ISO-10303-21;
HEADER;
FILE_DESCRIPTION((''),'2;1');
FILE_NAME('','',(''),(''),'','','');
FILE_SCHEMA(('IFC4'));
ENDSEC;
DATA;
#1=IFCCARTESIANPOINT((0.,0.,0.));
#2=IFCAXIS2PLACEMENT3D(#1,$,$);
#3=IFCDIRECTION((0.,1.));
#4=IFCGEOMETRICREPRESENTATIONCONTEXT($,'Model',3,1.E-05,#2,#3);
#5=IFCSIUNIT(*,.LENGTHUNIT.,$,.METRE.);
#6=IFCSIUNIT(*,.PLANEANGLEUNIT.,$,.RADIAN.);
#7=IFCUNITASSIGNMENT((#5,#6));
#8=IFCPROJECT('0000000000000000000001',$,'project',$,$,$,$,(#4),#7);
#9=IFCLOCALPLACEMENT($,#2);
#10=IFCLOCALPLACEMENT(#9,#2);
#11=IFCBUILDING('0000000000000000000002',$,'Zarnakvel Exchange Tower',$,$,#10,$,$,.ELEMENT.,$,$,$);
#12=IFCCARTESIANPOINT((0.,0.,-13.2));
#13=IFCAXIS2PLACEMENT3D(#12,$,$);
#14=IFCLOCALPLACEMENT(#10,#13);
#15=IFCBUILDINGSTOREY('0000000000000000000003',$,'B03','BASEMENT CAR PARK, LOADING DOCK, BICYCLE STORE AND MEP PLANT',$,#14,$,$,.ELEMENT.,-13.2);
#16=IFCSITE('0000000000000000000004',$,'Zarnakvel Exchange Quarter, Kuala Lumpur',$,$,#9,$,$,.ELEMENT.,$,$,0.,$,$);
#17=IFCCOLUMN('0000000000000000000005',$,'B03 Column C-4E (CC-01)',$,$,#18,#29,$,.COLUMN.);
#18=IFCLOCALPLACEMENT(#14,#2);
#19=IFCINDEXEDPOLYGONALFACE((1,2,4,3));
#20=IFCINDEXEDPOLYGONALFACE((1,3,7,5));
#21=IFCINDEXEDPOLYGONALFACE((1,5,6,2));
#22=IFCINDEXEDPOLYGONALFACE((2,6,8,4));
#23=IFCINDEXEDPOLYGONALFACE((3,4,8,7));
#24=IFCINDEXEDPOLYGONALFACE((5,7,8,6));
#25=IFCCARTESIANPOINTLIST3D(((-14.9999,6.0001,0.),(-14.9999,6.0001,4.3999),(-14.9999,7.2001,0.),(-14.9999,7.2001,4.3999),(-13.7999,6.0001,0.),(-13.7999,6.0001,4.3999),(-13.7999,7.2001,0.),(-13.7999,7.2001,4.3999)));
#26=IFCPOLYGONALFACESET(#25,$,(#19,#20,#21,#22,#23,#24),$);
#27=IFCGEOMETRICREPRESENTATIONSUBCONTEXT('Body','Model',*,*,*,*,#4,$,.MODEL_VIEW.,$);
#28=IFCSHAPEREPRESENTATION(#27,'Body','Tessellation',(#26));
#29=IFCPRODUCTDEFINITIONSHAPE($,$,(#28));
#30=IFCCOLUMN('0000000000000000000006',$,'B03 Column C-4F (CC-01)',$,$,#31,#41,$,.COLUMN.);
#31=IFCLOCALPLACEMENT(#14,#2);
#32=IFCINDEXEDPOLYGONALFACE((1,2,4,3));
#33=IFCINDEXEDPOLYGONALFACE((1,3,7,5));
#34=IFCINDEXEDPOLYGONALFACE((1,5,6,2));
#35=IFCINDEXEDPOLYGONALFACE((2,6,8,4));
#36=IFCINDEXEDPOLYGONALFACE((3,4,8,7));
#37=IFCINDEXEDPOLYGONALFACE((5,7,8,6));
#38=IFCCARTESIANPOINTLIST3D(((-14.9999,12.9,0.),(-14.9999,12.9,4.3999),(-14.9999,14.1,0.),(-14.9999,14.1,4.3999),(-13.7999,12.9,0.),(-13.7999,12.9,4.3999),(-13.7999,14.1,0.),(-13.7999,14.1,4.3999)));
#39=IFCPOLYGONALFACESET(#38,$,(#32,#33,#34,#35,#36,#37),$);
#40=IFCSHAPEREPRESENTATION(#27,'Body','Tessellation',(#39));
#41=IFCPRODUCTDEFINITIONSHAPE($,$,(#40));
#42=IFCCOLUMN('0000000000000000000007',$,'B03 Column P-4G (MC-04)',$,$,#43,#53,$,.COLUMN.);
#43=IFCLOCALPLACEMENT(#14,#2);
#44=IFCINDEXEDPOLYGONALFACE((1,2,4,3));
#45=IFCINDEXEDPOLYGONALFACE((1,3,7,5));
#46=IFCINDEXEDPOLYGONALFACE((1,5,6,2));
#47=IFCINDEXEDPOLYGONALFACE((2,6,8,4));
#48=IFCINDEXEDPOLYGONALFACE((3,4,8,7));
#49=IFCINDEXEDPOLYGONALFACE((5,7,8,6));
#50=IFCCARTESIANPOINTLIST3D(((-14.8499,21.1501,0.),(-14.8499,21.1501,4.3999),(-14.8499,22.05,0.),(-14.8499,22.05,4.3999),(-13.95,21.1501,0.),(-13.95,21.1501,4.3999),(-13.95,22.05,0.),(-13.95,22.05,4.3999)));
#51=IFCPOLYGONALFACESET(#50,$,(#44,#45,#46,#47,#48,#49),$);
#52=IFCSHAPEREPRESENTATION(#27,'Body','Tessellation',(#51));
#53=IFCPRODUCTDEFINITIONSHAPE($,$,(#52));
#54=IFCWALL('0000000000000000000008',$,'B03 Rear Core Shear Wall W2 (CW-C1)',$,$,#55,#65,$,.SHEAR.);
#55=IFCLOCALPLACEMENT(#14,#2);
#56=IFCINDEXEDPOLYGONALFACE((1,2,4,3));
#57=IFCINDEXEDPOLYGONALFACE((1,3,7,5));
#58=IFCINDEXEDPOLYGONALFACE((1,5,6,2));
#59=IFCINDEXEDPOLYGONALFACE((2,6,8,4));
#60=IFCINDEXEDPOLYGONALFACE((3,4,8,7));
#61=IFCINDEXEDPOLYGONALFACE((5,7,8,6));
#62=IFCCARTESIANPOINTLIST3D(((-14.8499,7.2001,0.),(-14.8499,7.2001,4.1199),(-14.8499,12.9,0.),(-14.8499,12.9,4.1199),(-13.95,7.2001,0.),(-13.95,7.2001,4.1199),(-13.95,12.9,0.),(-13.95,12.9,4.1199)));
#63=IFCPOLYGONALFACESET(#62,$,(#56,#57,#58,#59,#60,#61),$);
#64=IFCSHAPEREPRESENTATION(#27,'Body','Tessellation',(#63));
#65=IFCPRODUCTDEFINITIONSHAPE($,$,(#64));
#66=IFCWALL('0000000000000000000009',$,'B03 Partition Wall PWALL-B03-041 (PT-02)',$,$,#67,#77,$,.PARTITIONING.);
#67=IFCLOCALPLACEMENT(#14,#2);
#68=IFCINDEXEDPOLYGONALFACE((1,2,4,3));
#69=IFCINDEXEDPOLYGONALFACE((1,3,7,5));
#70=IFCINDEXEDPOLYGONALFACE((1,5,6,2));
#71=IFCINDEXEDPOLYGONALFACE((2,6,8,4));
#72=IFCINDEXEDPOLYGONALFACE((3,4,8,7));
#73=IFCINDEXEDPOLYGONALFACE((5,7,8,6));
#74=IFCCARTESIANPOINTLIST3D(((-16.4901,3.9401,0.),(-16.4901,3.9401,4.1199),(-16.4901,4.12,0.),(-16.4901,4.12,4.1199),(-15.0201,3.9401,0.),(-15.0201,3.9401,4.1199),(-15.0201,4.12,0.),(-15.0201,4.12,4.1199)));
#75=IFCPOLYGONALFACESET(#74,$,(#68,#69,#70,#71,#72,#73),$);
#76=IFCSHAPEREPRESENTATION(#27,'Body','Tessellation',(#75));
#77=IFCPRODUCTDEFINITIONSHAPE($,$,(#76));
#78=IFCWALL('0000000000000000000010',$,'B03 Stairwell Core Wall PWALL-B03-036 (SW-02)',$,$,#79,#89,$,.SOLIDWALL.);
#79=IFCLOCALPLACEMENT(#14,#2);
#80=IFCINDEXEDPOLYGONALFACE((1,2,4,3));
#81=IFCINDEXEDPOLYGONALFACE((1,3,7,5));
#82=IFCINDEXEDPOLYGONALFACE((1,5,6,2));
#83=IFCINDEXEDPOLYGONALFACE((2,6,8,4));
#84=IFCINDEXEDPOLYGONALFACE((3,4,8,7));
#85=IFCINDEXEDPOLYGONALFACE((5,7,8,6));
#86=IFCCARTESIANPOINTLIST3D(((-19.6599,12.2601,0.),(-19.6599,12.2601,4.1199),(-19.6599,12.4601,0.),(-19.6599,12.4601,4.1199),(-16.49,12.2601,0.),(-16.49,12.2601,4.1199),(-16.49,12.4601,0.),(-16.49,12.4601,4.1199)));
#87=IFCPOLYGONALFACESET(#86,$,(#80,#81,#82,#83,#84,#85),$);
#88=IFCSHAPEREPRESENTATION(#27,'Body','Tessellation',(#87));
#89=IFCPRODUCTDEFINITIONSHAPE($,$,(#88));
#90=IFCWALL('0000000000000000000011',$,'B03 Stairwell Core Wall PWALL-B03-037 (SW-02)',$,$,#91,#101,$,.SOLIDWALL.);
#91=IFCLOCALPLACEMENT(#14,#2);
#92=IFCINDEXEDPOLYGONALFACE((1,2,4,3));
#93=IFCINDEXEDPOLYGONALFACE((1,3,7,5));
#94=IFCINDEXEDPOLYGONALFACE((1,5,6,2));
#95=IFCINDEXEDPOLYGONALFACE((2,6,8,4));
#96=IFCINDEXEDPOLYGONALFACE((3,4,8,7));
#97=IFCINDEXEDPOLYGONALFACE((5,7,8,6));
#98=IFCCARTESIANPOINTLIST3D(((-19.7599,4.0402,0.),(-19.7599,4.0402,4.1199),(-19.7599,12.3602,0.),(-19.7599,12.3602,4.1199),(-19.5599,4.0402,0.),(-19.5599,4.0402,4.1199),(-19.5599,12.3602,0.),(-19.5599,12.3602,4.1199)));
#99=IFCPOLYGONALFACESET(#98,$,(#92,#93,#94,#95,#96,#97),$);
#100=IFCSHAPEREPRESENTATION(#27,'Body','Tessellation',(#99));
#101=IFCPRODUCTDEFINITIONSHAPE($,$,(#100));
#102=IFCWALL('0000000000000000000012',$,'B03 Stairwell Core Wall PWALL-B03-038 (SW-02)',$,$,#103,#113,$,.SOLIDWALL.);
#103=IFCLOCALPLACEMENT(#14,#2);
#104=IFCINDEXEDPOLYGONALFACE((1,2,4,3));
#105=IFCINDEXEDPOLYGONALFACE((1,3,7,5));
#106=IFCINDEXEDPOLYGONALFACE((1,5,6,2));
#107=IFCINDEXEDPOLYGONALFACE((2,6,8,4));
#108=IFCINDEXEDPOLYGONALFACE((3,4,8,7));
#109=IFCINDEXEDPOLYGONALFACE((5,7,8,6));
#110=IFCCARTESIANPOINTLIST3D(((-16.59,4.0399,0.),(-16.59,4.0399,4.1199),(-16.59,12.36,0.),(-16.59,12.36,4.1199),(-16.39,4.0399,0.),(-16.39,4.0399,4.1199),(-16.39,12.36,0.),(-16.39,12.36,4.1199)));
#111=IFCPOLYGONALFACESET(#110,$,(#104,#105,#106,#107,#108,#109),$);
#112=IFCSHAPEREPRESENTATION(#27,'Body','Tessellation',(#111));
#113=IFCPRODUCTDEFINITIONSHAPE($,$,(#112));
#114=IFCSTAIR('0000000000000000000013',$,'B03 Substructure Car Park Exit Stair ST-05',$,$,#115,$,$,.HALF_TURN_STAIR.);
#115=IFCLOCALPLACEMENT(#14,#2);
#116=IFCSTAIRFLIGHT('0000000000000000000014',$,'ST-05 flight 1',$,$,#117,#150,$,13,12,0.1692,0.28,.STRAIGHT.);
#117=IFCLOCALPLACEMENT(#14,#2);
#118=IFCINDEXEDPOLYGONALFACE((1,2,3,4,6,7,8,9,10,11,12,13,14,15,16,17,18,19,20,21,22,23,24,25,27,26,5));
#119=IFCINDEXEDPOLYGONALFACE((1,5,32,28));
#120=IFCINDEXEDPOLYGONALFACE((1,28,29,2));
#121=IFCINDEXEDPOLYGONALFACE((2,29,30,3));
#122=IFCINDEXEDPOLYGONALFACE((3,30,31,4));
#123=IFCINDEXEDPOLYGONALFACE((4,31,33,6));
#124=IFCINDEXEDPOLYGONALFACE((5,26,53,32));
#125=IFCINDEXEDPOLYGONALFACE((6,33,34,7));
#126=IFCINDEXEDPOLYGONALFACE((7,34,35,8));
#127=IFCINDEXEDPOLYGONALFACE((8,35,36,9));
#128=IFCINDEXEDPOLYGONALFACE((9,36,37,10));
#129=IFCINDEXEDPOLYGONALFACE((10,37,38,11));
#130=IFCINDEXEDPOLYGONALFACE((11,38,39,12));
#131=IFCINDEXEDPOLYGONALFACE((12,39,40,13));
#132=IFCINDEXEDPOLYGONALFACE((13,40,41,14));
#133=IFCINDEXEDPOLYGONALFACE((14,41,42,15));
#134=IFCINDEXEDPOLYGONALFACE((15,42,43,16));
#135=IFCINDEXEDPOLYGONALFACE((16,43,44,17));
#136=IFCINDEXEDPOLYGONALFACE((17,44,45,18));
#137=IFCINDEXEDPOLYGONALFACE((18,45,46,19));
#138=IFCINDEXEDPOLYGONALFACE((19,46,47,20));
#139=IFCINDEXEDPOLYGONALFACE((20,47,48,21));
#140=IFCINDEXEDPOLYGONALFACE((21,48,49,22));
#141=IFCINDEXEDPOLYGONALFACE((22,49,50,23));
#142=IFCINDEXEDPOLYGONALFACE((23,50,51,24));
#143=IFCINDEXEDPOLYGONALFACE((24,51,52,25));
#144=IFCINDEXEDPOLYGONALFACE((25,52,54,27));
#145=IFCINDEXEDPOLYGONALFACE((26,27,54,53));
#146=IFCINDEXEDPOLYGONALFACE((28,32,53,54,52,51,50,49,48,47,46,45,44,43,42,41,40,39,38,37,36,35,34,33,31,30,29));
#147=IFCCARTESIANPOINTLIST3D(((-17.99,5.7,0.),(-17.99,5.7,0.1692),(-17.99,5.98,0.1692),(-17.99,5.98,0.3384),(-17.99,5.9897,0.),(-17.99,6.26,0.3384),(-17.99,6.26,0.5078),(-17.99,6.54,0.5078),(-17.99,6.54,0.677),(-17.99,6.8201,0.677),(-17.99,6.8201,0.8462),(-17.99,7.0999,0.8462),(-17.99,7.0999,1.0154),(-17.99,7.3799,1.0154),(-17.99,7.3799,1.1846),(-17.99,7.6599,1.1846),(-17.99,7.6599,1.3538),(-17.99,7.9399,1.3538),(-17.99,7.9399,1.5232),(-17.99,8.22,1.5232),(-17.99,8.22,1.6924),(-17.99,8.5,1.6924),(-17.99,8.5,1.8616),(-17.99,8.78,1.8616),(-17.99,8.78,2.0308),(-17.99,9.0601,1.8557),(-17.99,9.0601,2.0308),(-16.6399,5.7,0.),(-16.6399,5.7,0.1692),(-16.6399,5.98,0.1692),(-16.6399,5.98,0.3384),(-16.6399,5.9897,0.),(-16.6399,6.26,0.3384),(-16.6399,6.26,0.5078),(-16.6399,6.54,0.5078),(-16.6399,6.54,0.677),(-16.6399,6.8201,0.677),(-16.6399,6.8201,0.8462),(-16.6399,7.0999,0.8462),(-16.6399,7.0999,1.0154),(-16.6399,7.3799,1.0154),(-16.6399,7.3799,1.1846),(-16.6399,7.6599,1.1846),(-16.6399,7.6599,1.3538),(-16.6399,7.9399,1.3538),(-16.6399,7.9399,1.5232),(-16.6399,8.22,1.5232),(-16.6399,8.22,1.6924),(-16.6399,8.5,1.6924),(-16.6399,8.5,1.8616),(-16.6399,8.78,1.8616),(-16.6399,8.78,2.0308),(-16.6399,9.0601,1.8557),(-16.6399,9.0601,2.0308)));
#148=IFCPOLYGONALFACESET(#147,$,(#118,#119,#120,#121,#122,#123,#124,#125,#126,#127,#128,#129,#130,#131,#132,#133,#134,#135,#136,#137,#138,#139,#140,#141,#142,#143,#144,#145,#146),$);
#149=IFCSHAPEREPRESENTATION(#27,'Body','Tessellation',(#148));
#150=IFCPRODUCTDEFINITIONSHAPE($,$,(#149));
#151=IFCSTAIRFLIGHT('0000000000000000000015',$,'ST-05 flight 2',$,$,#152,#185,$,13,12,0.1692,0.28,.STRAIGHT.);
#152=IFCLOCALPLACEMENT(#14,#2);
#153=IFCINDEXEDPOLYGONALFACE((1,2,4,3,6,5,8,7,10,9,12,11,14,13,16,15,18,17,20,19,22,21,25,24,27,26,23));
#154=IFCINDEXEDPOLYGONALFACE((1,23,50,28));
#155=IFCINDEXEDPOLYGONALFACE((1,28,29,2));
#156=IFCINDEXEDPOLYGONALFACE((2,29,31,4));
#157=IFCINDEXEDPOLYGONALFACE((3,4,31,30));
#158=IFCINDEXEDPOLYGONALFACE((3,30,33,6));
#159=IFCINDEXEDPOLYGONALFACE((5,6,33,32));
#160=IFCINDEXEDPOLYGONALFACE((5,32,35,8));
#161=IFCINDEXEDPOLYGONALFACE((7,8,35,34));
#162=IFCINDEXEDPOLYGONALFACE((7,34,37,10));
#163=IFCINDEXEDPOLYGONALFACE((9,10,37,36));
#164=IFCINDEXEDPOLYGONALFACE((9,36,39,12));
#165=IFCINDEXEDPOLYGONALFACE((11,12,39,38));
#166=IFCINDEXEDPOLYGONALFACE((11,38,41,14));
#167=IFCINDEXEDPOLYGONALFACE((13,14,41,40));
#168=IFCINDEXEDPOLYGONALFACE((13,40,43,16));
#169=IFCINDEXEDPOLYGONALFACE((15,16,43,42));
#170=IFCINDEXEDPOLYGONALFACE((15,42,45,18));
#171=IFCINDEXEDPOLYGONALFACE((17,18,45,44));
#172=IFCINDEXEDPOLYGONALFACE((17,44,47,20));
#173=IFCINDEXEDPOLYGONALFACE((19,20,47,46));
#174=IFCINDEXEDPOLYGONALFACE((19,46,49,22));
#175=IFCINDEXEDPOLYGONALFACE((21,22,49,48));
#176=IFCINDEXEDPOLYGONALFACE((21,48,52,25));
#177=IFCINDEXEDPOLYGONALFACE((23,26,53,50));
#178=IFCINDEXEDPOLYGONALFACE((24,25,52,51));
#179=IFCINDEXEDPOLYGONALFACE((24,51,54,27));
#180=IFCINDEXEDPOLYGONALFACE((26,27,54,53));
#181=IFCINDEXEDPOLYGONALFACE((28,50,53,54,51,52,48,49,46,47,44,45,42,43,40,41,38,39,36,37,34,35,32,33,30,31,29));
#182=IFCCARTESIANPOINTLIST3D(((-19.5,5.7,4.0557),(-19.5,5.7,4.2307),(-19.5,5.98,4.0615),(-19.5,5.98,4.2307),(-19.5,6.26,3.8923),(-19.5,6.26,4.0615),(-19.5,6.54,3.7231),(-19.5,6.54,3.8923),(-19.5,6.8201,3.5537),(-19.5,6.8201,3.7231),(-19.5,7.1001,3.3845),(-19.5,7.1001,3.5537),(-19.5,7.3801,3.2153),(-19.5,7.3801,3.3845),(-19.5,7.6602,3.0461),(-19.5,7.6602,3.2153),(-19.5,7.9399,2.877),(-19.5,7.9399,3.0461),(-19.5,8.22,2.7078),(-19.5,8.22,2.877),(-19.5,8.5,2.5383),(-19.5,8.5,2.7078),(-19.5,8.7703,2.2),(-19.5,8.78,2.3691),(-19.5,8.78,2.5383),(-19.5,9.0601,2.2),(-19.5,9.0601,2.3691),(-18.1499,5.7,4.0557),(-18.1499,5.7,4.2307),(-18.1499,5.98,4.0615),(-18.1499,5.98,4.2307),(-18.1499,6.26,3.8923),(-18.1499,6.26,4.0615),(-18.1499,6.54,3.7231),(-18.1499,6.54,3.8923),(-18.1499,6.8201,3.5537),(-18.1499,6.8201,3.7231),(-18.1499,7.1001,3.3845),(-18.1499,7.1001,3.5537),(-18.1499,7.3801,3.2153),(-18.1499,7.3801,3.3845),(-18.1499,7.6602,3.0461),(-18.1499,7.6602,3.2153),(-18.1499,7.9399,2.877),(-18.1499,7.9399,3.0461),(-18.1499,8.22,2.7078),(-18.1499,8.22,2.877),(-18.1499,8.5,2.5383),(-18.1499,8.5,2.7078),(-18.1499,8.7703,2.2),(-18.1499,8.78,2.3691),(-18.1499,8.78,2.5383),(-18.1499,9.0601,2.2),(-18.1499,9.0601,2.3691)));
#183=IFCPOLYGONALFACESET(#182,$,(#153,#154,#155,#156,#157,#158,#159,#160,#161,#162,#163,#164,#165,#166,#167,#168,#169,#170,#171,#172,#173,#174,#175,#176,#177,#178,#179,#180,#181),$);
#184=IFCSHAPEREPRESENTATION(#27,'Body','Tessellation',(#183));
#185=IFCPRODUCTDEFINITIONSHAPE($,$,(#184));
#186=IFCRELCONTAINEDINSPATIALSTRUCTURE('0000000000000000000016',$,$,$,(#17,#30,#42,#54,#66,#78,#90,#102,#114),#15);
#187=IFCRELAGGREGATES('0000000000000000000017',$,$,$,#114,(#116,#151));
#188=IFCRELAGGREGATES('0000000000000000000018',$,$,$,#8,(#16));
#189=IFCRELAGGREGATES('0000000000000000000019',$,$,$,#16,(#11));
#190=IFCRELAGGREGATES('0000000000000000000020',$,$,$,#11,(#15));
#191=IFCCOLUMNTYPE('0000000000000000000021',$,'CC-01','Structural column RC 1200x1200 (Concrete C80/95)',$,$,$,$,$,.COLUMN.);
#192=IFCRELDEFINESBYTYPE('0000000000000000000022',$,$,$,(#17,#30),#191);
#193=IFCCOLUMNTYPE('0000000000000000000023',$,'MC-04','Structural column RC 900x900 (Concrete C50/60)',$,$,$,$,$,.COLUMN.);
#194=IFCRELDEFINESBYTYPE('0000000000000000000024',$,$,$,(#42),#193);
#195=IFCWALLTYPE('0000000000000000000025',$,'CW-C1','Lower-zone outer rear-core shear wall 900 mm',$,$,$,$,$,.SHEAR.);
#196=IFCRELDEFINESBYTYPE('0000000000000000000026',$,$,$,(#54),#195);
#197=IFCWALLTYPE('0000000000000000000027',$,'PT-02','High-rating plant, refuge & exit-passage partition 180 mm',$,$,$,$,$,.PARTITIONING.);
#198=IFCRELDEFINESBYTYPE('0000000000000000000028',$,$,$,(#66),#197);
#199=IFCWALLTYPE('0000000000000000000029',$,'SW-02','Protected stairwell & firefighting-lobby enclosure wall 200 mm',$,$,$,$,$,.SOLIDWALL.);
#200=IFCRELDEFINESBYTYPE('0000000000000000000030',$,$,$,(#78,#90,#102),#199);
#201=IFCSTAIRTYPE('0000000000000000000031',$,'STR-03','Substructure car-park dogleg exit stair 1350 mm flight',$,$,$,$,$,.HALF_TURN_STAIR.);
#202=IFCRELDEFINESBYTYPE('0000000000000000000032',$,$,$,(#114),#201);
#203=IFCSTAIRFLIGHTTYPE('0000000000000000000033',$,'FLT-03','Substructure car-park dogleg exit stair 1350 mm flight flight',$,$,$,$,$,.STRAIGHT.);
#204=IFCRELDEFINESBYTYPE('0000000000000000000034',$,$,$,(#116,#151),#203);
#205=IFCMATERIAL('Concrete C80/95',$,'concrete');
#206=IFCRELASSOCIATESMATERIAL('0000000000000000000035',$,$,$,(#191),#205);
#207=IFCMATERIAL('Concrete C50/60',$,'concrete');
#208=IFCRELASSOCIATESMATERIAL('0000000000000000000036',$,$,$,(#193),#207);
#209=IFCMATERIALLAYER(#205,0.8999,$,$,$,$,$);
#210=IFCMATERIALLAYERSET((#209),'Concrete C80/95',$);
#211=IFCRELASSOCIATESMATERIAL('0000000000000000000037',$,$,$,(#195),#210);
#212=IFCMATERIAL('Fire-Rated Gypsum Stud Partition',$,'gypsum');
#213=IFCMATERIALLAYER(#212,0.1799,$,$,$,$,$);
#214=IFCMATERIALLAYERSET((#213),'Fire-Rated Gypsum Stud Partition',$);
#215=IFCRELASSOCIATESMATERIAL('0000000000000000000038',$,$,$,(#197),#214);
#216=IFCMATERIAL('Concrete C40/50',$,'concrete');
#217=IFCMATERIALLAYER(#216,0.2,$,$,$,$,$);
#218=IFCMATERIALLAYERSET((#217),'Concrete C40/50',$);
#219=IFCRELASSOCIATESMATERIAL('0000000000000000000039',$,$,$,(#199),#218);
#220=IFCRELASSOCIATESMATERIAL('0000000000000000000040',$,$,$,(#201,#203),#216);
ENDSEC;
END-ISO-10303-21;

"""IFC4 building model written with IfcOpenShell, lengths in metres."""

from ifc_helpers import new_model, si_unit, direction, frame, frame_2d, origin, origin_2d, place, context, subcontext, project, spatial, polyline, rectangle, outline, extrude, material, layer, layer_set, material_profile, profile_set, type_object, element, aggregate, save


model = new_model("IFC4")

# Units and contexts
model_context = context("Model", 3, precision=1e-05, world=origin(), true_north=direction((0.0, 1.0)))
body_context = subcontext(model_context, "Body", "Model", "MODEL_VIEW")
ifc_project = project(units=[si_unit("LENGTHUNIT", "METRE"), si_unit("PLANEANGLEUNIT", "RADIAN")], contexts=[model_context])

# Site, building, storey
site_placement = place(None, origin())
site = spatial("IfcSite", under=ifc_project, at=site_placement, Name="Zarnakvel Exchange Quarter, Kuala Lumpur", CompositionType="ELEMENT", RefElevation=0.0)
building_placement = place(site_placement, origin())
building = spatial("IfcBuilding", under=site, at=building_placement, Name="Zarnakvel Exchange Tower", CompositionType="ELEMENT")
storey_placement = place(building_placement, frame((0.0, 0.0, -13.2)))
storey = spatial("IfcBuildingStorey", under=building, at=storey_placement, Name="B03", Description="BASEMENT CAR PARK, LOADING DOCK, BICYCLE STORE AND MEP PLANT", CompositionType="ELEMENT", Elevation=-13.2)

# Shared definitions
ifc_material_1 = material(Name="Concrete C50/60", Category="concrete")

# Columns
ifc_material_2 = material(Name="Concrete C80/95", Category="concrete")
ifc_material_profile_1 = material_profile(ifc_material_2, rectangle(XDim=1.2, YDim=1.2, at=origin_2d()))
ifc_profile_set_1 = profile_set([ifc_material_profile_1], Name="Concrete C80/95")
column_type_1 = type_object("IfcColumnType", Name="CC-01", Description="Structural column RC 1200x1200 (Concrete C80/95)", PredefinedType="COLUMN", material=ifc_profile_set_1)
for number, where, z_axis, x_axis, name in (
    (1, (-14.3999, 6.6001, 0.0), (0.0, 0.0, 1.0), (1.0, 0.0, 0.0), "B03 Column C-4E (CC-01)"),
    (2, (-14.3999, 13.5, 0.0), (0.0, 0.0, 1.0), (1.0, 0.0, 0.0), "B03 Column C-4F (CC-01)"),
):
    element("IfcColumn", number, at=place(storey_placement, frame(where, z_axis=z_axis, x_axis=x_axis)), inside=storey, type_object=column_type_1, Name=name, PredefinedType="COLUMN", context=body_context, shape_type="SweptSolid", body=[
        extrude(rectangle(XDim=1.2, YDim=1.2, at=origin_2d()), origin(), (0.0, 0.0, 1.0), 4.3999),
    ])
ifc_material_profile_2 = material_profile(ifc_material_1, rectangle(XDim=0.8999, YDim=0.8999, at=origin_2d()))
ifc_profile_set_2 = profile_set([ifc_material_profile_2], Name="Concrete C50/60")
column_type_2 = type_object("IfcColumnType", Name="MC-04", Description="Structural column RC 900x900 (Concrete C50/60)", PredefinedType="COLUMN", material=ifc_profile_set_2)
column_placement = place(storey_placement, frame((-14.3999, 21.6001, 0.0), z_axis=(0.0, 0.0, 1.0), x_axis=(1.0, 0.0, 0.0)))
element("IfcColumn", 3, at=column_placement, inside=storey, type_object=column_type_2, Name="B03 Column P-4G (MC-04)", PredefinedType="COLUMN", context=body_context, shape_type="SweptSolid", body=[
    extrude(rectangle(XDim=0.8999, YDim=0.8999, at=origin_2d()), origin(), (0.0, 0.0, 1.0), 4.3999),
])

# Walls
ifc_layer_1 = layer(ifc_material_2, 0.8999)
ifc_layer_set_1 = layer_set([ifc_layer_1], Name="Concrete C80/95")
wall_type_1 = type_object("IfcWallType", Name="CW-C1", Description="Lower-zone outer rear-core shear wall 900 mm", PredefinedType="SHEAR", material=ifc_layer_set_1)
wall_1_placement = place(storey_placement, frame((-14.3999, 7.2, 0.0), z_axis=(0.0, 0.0, 1.0), x_axis=(0.0, 1.0, 0.0)))
element("IfcWall", 4, at=wall_1_placement, inside=storey, type_object=wall_type_1, Name="B03 Rear Core Shear Wall W2 (CW-C1)", PredefinedType="SHEAR", context=body_context, shape_type="SweptSolid", body=[
    extrude(rectangle(XDim=5.7, YDim=0.8999, at=frame_2d((2.8501, 0.0))), origin(), (0.0, 0.0, 1.0), 4.1199),
])
ifc_material_3 = material(Name="Fire-Rated Gypsum Stud Partition", Category="gypsum")
ifc_layer_2 = layer(ifc_material_3, 0.1799)
ifc_layer_set_2 = layer_set([ifc_layer_2], Name="Fire-Rated Gypsum Stud Partition")
wall_type_2 = type_object("IfcWallType", Name="PT-02", Description="High-rating plant, refuge & exit-passage partition 180 mm", PredefinedType="PARTITIONING", material=ifc_layer_set_2)
wall_2_placement = place(storey_placement, frame((-16.49, 4.03, 0.0), z_axis=(0.0, 0.0, 1.0), x_axis=(1.0, 0.0, 0.0)))
element("IfcWall", 5, at=wall_2_placement, inside=storey, type_object=wall_type_2, Name="B03 Partition Wall PWALL-B03-041 (PT-02)", PredefinedType="PARTITIONING", context=body_context, shape_type="SweptSolid", body=[
    extrude(rectangle(XDim=1.47, YDim=0.1799, at=frame_2d((0.7349, 0.0))), origin(), (0.0, 0.0, 1.0), 4.1199),
])

# Shared definitions
ifc_material_4 = material(Name="Concrete C40/50", Category="concrete")
ifc_layer_3 = layer(ifc_material_4, 0.2)
ifc_layer_set_3 = layer_set([ifc_layer_3], Name="Concrete C40/50")
wall_type_3 = type_object("IfcWallType", Name="SW-02", Description="Protected stairwell & firefighting-lobby enclosure wall 200 mm", PredefinedType="SOLIDWALL", material=ifc_layer_set_3)

# Walls
wall_3_placement = place(storey_placement, frame((-19.6599, 12.3601, 0.0), z_axis=(0.0, 0.0, 1.0), x_axis=(1.0, 0.0, 0.0)))
element("IfcWall", 6, at=wall_3_placement, inside=storey, type_object=wall_type_3, Name="B03 Stairwell Core Wall PWALL-B03-036 (SW-02)", PredefinedType="SOLIDWALL", context=body_context, shape_type="SweptSolid", body=[
    extrude(rectangle(XDim=3.1699, YDim=0.2, at=frame_2d((1.585, 0.0))), origin(), (0.0, 0.0, 1.0), 4.1199),
])
for number, where, z_axis, x_axis, name in (
    (7, (-19.6599, 4.04, 0.0), (0.0, 0.0, 1.0), (0.0, 1.0, 0.0), "B03 Stairwell Core Wall PWALL-B03-037 (SW-02)"),
    (8, (-16.49, 12.3601, 0.0), (0.0, 0.0, 1.0), (0.0, -1.0, 0.0), "B03 Stairwell Core Wall PWALL-B03-038 (SW-02)"),
):
    element("IfcWall", number, at=place(storey_placement, frame(where, z_axis=z_axis, x_axis=x_axis)), inside=storey, type_object=wall_type_3, Name=name, PredefinedType="SOLIDWALL", context=body_context, shape_type="SweptSolid", body=[
        extrude(rectangle(XDim=8.3201, YDim=0.2, at=frame_2d((4.1602, 0.0))), origin(), (0.0, 0.0, 1.0), 4.1199),
    ])

# Stair, stair flights
stair_type = type_object("IfcStairType", Name="STR-03", Description="Substructure car-park dogleg exit stair 1350 mm flight", PredefinedType="HALF_TURN_STAIR", material=ifc_material_4)
stair_placement = place(storey_placement, origin())
stair = element("IfcStair", 9, at=stair_placement, inside=storey, type_object=stair_type, Name="B03 Substructure Car Park Exit Stair ST-05", PredefinedType="HALF_TURN_STAIR")
stair_flight_type = type_object("IfcStairFlightType", Name="FLT-03", Description="Substructure car-park dogleg exit stair 1350 mm flight flight", PredefinedType="STRAIGHT", material=ifc_material_4)
stair_flight_1_placement = place(storey_placement, frame((-17.3149, 5.7, 0.0), z_axis=(0.0, 0.0, 1.0), x_axis=(0.0, 1.0, 0.0)))
stair_flight_1 = element("IfcStairFlight", 10, at=stair_flight_1_placement, type_object=stair_flight_type, Name="ST-05 flight 1", NumberOfRisers=13, NumberOfTreads=12, PredefinedType="STRAIGHT", RiserHeight=0.1692, TreadLength=0.28, context=body_context, shape_type="SweptSolid", body=[
    extrude(outline(polyline([(0.0, 0.0), (0.0, 0.1692), (0.28, 0.1692), (0.28, 0.3384), (0.5601, 0.3384), (0.5601, 0.5078), (0.8401, 0.5078), (0.8401, 0.677), (1.1201, 0.677), (1.1201, 0.8462), (1.3999, 0.8462), (1.3999, 1.0154), (1.6799, 1.0154), (1.6799, 1.1846), (1.96, 1.1846), (1.96, 1.3538), (2.24, 1.3538), (2.24, 1.5232), (2.52, 1.5232), (2.52, 1.6924), (2.8, 1.6924), (2.8, 1.8616), (3.0801, 1.8616), (3.0801, 2.0308), (3.3601, 2.0308), (3.3601, 2.2), (3.3601, 1.8557), (0.2898, 0.0), (0.0, 0.0)])), frame((0.0, 0.675, 0.0), z_axis=(0.0, -1.0, 0.0), x_axis=(1.0, 0.0, 0.0)), (0.0, 0.0, 1.0), 1.3501),
])
stair_flight_2_placement = place(storey_placement, frame((-18.825, 9.0601, 2.2), z_axis=(0.0, 0.0, 1.0), x_axis=(0.0, -1.0, 0.0)))
stair_flight_2 = element("IfcStairFlight", 11, at=stair_flight_2_placement, type_object=stair_flight_type, Name="ST-05 flight 2", NumberOfRisers=13, NumberOfTreads=12, PredefinedType="STRAIGHT", RiserHeight=0.1692, TreadLength=0.28, context=body_context, shape_type="SweptSolid", body=[
    extrude(outline(polyline([(0.0, 0.0), (0.0, 0.1692), (0.28, 0.1692), (0.28, 0.3384), (0.5601, 0.3384), (0.5601, 0.5078), (0.8401, 0.5078), (0.8401, 0.677), (1.1201, 0.677), (1.1201, 0.8462), (1.3999, 0.8462), (1.3999, 1.0154), (1.6799, 1.0154), (1.6799, 1.1846), (1.96, 1.1846), (1.96, 1.3538), (2.24, 1.3538), (2.24, 1.5232), (2.52, 1.5232), (2.52, 1.6924), (2.8, 1.6924), (2.8, 1.8616), (3.0801, 1.8616), (3.0801, 2.0308), (3.3601, 2.0308), (3.3601, 2.2), (3.3601, 1.8557), (0.2898, 0.0), (0.0, 0.0)])), frame((0.0, 0.675, 0.0), z_axis=(0.0, -1.0, 0.0), x_axis=(1.0, 0.0, 0.0)), (0.0, 0.0, 1.0), 1.3501),
])
aggregate(stair, [stair_flight_1, stair_flight_2])

save(model, "model.ifc")
